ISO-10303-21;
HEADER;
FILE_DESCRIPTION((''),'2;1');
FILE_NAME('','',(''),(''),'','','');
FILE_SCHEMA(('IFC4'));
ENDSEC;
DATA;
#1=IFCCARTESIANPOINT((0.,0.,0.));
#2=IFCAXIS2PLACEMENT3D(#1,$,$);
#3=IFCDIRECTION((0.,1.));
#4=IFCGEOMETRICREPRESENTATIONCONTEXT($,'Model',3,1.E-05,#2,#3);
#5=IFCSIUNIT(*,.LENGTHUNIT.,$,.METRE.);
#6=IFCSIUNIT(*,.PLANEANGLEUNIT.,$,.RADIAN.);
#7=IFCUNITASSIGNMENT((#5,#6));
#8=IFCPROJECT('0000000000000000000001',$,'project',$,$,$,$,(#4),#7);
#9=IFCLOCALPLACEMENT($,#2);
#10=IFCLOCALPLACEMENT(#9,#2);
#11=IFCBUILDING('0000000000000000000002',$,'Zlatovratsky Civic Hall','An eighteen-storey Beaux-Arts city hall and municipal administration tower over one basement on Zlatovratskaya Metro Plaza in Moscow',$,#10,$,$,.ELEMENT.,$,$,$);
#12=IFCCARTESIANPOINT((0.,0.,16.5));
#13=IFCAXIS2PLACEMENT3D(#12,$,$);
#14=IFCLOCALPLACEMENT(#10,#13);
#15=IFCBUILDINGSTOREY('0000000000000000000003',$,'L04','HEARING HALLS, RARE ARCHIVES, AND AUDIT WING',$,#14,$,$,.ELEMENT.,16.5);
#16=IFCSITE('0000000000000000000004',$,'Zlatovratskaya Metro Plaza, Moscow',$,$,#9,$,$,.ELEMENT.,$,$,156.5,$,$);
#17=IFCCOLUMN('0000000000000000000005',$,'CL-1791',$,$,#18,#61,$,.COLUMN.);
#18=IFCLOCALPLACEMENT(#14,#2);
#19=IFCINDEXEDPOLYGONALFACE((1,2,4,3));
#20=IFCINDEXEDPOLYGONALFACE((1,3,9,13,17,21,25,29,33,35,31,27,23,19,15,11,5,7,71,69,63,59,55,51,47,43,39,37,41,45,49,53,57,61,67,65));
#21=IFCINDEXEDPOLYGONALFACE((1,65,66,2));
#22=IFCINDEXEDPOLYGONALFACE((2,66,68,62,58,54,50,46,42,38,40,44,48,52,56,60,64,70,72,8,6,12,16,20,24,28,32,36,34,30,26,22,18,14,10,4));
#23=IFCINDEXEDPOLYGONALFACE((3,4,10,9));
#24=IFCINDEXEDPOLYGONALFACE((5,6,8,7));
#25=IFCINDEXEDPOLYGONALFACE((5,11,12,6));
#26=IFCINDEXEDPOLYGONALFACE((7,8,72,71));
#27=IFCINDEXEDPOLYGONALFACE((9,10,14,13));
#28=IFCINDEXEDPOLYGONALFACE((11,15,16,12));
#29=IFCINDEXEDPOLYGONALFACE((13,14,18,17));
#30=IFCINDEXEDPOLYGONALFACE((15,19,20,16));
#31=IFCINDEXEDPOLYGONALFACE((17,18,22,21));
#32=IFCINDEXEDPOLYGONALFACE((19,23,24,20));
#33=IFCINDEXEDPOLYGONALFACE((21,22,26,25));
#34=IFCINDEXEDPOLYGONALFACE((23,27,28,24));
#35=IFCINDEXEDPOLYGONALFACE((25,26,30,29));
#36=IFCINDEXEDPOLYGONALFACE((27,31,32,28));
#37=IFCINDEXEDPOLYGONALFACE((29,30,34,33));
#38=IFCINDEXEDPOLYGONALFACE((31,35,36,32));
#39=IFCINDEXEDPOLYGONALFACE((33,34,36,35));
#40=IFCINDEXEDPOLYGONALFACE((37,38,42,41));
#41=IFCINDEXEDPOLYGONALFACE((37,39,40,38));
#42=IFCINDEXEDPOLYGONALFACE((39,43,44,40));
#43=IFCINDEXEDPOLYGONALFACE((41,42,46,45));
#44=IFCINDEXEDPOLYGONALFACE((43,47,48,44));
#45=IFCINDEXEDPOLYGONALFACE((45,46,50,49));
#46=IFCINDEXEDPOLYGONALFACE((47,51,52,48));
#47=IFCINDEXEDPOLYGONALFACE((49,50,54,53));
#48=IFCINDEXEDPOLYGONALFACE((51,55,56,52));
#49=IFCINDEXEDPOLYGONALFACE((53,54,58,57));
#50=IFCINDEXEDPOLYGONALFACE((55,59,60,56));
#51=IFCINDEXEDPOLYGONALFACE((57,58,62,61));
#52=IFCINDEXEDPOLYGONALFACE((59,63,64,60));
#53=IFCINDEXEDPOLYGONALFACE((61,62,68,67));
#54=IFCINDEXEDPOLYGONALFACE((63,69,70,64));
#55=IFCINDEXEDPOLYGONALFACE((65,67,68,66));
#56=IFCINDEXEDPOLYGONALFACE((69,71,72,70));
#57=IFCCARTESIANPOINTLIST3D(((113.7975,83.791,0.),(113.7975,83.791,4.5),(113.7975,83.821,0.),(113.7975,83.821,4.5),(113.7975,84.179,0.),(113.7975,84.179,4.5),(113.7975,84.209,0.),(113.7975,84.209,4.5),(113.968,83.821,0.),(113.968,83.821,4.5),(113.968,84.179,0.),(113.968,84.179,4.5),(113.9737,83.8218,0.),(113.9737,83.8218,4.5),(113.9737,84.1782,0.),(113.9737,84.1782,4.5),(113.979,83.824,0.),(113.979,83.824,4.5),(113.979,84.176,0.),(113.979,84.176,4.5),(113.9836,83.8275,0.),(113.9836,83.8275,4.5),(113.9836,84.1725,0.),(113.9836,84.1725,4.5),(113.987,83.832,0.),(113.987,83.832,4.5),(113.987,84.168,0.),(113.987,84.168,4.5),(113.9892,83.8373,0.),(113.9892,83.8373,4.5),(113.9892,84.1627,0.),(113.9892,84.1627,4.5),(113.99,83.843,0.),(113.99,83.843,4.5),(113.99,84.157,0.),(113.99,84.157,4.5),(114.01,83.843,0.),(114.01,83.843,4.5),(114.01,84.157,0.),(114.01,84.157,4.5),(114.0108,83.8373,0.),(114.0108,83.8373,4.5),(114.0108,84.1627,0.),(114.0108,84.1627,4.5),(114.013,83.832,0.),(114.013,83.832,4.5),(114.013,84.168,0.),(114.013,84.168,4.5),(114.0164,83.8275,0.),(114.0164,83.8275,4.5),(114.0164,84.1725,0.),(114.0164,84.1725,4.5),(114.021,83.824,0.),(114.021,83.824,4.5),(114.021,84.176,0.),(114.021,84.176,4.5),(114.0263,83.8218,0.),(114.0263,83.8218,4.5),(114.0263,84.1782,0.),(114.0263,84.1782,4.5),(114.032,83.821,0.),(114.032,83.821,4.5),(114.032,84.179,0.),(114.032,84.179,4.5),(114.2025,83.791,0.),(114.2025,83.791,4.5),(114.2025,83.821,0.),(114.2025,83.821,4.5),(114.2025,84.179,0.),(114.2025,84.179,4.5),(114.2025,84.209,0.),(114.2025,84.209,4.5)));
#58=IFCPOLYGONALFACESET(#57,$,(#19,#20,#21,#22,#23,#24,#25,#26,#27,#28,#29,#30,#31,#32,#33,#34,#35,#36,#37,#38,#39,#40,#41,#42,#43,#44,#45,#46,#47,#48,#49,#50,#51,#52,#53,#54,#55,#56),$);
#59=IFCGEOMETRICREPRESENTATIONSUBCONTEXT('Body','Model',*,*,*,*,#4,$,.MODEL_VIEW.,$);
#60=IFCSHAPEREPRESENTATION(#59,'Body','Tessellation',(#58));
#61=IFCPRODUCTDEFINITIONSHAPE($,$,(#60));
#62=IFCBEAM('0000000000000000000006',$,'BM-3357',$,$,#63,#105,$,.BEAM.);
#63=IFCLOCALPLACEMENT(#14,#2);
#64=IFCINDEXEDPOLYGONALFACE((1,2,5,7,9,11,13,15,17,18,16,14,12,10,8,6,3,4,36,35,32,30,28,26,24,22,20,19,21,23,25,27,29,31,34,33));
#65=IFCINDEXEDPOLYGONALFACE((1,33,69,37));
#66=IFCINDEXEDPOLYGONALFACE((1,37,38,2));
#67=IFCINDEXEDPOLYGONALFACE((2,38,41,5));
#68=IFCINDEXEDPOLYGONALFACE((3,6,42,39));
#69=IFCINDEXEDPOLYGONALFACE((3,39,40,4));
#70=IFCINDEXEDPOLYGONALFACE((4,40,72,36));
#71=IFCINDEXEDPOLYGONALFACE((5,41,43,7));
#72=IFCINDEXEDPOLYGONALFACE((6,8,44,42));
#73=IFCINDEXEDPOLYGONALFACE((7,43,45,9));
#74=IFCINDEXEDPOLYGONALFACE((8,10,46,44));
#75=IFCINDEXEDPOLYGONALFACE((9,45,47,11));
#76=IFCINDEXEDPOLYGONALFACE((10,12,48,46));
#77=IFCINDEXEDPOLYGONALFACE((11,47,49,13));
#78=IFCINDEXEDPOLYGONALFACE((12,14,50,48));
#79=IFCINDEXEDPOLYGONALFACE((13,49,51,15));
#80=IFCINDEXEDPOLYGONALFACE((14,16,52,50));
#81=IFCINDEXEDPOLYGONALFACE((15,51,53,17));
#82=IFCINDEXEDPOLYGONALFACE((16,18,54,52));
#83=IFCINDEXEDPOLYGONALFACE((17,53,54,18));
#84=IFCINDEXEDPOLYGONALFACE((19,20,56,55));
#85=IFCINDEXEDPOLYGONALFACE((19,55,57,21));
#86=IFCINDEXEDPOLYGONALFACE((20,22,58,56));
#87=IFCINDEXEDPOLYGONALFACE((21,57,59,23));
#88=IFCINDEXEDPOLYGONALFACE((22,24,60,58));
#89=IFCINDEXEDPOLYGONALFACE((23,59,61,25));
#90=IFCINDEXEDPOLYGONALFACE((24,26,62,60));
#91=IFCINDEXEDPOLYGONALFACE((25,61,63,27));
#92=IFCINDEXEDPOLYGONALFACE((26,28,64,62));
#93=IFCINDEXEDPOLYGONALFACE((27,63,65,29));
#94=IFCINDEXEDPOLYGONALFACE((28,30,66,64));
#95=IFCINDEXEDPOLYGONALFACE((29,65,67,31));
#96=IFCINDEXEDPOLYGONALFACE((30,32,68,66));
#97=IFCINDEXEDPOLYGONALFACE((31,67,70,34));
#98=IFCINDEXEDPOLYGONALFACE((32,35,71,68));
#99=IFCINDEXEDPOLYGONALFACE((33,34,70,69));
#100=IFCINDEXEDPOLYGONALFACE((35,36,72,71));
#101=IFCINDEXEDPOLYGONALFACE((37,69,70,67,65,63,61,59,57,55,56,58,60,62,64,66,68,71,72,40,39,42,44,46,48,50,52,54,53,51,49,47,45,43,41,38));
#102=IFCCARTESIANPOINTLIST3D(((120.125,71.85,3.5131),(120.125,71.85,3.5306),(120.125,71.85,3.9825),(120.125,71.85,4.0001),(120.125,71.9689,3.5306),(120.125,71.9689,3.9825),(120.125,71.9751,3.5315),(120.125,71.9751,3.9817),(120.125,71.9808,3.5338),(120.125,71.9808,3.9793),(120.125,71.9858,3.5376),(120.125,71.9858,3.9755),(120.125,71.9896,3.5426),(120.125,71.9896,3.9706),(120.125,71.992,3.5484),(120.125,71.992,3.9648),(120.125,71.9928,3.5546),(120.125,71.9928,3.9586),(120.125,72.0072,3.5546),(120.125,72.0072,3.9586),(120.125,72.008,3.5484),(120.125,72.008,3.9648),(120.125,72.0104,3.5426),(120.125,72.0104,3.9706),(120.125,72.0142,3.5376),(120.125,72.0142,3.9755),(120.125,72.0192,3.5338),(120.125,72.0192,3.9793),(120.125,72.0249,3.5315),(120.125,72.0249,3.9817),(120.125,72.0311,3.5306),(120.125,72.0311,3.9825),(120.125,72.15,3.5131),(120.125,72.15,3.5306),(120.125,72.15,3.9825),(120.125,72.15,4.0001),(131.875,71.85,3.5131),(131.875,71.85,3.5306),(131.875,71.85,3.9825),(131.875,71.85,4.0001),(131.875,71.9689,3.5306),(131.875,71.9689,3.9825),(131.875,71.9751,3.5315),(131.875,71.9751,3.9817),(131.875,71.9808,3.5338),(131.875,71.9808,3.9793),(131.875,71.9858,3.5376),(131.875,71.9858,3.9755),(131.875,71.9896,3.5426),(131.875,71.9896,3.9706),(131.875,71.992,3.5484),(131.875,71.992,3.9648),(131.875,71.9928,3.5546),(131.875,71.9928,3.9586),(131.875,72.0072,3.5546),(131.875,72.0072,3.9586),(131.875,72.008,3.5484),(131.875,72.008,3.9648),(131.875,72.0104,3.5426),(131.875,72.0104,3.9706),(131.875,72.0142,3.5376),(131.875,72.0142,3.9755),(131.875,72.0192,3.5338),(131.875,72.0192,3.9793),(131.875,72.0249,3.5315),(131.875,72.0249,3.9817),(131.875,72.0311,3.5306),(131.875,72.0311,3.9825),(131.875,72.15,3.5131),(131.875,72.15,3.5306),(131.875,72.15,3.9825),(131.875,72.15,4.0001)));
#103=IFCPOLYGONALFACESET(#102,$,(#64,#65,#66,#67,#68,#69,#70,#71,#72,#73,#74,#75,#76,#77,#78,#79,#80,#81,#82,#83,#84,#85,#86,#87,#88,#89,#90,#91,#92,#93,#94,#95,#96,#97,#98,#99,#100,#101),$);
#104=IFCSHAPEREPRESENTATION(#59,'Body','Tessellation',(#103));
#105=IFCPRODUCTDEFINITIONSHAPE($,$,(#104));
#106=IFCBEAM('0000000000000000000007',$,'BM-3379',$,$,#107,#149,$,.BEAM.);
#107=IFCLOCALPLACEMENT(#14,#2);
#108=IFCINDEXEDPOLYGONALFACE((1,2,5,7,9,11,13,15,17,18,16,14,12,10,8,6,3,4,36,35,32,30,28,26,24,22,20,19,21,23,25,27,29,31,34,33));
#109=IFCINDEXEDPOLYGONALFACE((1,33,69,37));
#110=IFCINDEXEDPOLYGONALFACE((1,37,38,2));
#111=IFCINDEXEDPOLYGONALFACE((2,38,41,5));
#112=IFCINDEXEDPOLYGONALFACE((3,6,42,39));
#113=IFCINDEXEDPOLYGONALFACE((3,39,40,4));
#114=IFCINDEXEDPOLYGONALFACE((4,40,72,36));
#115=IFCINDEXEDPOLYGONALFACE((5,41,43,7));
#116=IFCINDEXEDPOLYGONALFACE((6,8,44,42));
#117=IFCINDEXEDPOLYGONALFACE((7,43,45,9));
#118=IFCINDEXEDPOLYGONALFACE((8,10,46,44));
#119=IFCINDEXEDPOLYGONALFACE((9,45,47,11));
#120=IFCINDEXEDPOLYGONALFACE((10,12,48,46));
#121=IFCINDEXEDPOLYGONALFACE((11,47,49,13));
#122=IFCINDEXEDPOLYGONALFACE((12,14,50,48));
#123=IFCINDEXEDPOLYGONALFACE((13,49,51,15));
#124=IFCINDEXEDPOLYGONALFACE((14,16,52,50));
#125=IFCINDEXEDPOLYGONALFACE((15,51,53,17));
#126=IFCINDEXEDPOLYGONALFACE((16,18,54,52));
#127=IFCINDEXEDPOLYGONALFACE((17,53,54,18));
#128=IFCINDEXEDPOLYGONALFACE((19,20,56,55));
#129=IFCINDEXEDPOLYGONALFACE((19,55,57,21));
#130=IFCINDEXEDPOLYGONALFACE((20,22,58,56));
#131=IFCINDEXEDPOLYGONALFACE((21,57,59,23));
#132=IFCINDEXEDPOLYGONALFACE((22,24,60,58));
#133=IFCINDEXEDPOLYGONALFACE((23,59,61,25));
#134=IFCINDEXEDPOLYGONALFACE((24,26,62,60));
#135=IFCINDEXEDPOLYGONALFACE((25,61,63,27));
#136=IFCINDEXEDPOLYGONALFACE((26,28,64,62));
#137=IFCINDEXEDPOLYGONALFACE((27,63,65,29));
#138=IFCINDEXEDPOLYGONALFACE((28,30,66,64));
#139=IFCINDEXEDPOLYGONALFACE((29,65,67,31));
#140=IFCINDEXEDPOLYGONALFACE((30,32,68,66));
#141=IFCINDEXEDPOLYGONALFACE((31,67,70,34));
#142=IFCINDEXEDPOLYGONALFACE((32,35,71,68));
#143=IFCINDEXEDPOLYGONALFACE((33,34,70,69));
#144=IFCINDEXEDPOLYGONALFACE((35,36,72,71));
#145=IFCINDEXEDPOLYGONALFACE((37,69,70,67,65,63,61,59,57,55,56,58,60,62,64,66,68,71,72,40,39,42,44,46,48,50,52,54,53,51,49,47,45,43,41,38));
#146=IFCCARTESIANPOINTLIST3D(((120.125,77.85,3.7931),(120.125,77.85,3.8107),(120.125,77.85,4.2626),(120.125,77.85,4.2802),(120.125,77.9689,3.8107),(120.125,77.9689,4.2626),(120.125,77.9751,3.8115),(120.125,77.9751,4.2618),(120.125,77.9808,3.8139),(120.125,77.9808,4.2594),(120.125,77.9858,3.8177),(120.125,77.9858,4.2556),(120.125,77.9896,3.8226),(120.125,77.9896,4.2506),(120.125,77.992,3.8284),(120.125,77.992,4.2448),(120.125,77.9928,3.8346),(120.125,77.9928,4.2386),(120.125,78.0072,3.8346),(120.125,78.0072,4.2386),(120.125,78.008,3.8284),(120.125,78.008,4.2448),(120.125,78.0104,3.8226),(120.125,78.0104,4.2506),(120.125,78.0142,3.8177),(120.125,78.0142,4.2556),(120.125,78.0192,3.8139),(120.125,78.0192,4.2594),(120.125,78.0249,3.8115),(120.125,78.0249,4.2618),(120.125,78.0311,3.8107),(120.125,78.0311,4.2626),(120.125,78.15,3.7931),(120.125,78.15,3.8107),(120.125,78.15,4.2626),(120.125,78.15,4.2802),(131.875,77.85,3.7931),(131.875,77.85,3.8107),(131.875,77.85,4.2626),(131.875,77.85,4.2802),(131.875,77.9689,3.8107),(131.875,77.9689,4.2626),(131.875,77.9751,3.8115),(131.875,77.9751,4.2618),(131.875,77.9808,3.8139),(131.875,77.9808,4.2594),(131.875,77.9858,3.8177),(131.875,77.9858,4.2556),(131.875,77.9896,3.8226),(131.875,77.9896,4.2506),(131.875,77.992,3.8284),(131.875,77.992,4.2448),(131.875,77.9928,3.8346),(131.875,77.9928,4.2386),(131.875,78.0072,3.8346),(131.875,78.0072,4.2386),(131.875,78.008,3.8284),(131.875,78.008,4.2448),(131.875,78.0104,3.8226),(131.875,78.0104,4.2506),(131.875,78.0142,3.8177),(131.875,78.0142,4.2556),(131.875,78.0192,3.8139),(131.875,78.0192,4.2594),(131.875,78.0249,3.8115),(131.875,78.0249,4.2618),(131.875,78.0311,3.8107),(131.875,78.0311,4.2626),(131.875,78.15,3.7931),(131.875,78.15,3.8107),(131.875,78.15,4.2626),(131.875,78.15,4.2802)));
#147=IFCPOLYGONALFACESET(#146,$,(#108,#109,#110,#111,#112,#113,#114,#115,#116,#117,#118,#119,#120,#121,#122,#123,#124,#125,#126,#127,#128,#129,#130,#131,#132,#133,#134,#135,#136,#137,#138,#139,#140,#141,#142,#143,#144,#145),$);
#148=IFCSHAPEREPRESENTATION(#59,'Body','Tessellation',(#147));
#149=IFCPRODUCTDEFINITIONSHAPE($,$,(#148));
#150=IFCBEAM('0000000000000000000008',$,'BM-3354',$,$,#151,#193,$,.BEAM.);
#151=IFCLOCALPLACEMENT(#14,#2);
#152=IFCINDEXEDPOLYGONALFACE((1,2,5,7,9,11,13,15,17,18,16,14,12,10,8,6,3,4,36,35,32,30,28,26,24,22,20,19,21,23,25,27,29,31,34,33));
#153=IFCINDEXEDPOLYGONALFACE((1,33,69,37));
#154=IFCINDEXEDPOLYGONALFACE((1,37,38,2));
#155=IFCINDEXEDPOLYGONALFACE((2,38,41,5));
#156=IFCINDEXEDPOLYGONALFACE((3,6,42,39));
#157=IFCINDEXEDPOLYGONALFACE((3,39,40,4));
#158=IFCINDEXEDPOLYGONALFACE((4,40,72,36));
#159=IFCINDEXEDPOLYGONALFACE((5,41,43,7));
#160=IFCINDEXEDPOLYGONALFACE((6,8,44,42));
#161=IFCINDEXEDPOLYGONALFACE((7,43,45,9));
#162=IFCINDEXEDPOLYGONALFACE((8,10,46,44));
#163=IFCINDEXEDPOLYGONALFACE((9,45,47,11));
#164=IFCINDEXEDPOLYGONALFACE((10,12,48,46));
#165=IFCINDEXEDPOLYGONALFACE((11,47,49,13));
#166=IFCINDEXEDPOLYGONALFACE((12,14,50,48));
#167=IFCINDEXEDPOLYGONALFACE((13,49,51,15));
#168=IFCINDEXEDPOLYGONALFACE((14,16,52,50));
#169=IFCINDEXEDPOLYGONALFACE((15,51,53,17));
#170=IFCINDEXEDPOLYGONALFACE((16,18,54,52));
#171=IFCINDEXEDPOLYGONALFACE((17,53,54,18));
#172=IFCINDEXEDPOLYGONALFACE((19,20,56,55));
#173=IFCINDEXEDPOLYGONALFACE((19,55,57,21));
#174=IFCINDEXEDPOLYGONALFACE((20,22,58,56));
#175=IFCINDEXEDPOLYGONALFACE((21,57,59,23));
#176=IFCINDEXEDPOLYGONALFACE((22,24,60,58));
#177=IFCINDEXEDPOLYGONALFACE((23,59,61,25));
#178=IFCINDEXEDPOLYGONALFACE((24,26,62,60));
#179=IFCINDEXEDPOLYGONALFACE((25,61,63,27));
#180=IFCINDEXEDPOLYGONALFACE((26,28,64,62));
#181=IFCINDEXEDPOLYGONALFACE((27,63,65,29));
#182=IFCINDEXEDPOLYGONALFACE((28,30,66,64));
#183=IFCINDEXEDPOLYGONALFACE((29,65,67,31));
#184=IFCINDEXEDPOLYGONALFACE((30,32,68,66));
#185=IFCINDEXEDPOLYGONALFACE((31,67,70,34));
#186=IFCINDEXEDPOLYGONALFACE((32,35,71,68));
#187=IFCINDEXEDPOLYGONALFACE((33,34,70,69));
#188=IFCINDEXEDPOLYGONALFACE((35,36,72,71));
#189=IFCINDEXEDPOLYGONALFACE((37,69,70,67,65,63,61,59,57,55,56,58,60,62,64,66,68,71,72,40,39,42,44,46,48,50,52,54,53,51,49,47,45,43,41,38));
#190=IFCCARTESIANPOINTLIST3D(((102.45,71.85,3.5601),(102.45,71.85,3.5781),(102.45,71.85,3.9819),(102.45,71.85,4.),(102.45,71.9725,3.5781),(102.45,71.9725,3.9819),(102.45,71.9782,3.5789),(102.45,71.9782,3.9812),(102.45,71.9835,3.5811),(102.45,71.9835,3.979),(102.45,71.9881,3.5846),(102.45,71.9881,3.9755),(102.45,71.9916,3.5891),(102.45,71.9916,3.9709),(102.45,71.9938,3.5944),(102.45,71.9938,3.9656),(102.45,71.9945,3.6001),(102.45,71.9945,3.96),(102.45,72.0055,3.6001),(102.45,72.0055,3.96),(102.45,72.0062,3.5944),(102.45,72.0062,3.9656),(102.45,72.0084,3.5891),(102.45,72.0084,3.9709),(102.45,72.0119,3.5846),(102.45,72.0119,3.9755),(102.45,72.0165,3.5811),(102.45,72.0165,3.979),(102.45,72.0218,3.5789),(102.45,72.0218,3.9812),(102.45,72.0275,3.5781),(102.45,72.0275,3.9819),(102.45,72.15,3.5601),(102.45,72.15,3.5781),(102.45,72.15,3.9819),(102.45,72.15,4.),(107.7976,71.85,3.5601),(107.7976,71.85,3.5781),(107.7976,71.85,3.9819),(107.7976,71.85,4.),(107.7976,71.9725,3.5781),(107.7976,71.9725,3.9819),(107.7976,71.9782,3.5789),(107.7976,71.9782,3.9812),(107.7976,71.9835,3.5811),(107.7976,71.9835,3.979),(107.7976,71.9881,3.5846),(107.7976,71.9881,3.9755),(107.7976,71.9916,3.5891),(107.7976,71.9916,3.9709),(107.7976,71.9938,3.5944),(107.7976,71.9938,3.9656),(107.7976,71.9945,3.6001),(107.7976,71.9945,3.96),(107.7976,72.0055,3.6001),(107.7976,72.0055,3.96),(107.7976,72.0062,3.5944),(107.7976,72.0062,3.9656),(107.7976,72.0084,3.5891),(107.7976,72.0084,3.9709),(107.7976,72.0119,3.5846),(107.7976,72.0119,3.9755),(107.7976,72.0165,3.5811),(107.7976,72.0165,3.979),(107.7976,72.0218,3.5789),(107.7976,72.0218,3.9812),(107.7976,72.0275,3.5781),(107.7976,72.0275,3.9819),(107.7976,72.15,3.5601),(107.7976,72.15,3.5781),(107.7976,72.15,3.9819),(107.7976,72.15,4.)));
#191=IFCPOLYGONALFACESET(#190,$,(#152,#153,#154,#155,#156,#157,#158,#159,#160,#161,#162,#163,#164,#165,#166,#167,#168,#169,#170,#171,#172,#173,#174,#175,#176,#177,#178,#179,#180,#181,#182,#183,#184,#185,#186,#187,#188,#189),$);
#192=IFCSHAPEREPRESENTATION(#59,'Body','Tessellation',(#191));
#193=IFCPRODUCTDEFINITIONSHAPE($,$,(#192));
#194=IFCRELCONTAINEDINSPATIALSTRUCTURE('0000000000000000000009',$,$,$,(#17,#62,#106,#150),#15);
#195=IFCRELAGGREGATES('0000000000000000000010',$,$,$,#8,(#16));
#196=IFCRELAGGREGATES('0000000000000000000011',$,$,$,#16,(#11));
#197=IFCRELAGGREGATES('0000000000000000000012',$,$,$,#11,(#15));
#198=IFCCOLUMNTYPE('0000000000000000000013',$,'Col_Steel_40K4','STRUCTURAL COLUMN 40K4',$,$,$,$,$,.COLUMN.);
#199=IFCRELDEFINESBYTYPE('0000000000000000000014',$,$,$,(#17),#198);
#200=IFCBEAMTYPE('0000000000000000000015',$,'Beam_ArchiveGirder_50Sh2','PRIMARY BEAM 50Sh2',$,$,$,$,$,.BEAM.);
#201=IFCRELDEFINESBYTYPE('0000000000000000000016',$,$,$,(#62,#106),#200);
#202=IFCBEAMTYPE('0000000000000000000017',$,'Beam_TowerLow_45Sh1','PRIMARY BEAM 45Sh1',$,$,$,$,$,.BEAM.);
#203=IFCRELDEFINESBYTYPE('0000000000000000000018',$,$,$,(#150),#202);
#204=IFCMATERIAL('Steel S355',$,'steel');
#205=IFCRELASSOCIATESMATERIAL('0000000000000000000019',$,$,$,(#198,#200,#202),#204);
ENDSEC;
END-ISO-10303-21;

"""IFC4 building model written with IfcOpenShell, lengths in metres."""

from ifc_helpers import new_model, si_unit, direction, frame, origin, origin_2d, place, context, subcontext, project, spatial, i_section, extrude, material, material_profile, profile_set, type_object, element, save


model = new_model("IFC4")

# Units and contexts
model_context = context("Model", 3, precision=1e-05, world=origin(), true_north=direction((0.0, 1.0)))
body_context = subcontext(model_context, "Body", "Model", "MODEL_VIEW")
ifc_project = project(units=[si_unit("LENGTHUNIT", "METRE"), si_unit("PLANEANGLEUNIT", "RADIAN")], contexts=[model_context])

# Site, building, storey
site_placement = place(None, origin())
site = spatial("IfcSite", under=ifc_project, at=site_placement, Name="Zlatovratskaya Metro Plaza, Moscow", CompositionType="ELEMENT", RefElevation=156.5)
building_placement = place(site_placement, origin())
building = spatial("IfcBuilding", under=site, at=building_placement, Name="Zlatovratsky Civic Hall", Description="An eighteen-storey Beaux-Arts city hall and municipal administration tower over one basement on Zlatovratskaya Metro Plaza in Moscow", CompositionType="ELEMENT")
storey_placement = place(building_placement, frame((0.0, 0.0, 16.5)))
storey = spatial("IfcBuildingStorey", under=building, at=storey_placement, Name="L04", Description="HEARING HALLS, RARE ARCHIVES, AND AUDIT WING", CompositionType="ELEMENT", Elevation=16.5)

# Column
ifc_material_1 = material(Name="Steel S355", Category="steel")
ifc_material_profile_1 = material_profile(ifc_material_1, i_section(OverallWidth=0.405, OverallDepth=0.418, WebThickness=0.02, FlangeThickness=0.03, FilletRadius=0.022, at=origin_2d()), Name="40K4")
ifc_profile_set_1 = profile_set([ifc_material_profile_1], Name="Steel S355")
column_type_1 = type_object("IfcColumnType", Name="Col_Steel_40K4", Description="STRUCTURAL COLUMN 40K4", PredefinedType="COLUMN", material=ifc_profile_set_1)
for number, where, z_axis, x_axis, name in (
    (1, (114.0, 84.0, 0.0), (0.0, 0.0, 1.0), (1.0, 0.0, 0.0), "CL-1791"),
):
    element("IfcColumn", number, at=place(storey_placement, frame(where, z_axis=z_axis, x_axis=x_axis)), inside=storey, type_object=column_type_1, Name=name, PredefinedType="COLUMN", context=body_context, shape_type="SweptSolid", body=[
        extrude(i_section(OverallWidth=0.405, OverallDepth=0.418, WebThickness=0.02, FlangeThickness=0.03, FilletRadius=0.022, at=origin_2d()), origin(), (0.0, 0.0, 1.0), 4.5),
    ])

# Beams
ifc_material_profile_2 = material_profile(ifc_material_1, i_section(OverallWidth=0.3, OverallDepth=0.4871, WebThickness=0.0144, FlangeThickness=0.0176, FilletRadius=0.0239, at=origin_2d()), Name="50Sh2")
ifc_profile_set_2 = profile_set([ifc_material_profile_2], Name="Steel S355")
beam_type_1 = type_object("IfcBeamType", Name="Beam_ArchiveGirder_50Sh2", Description="PRIMARY BEAM 50Sh2", PredefinedType="BEAM", material=ifc_profile_set_2)
for number, where, z_axis, x_axis, name in (
    (2, (120.125, 72.0, 3.7566), (1.0, 0.0, 0.0), (0.0, 1.0, 0.0), "BM-3357"),
    (3, (120.125, 78.0, 4.0366), (1.0, 0.0, 0.0), (0.0, 1.0, 0.0), "BM-3379"),
):
    element("IfcBeam", number, at=place(storey_placement, frame(where, z_axis=z_axis, x_axis=x_axis)), inside=storey, type_object=beam_type_1, Name=name, PredefinedType="BEAM", context=body_context, shape_type="SweptSolid", body=[
        extrude(i_section(OverallWidth=0.3, OverallDepth=0.4871, WebThickness=0.0144, FlangeThickness=0.0176, FilletRadius=0.0239, at=origin_2d()), origin(), (0.0, 0.0, 1.0), 11.75),
    ])
ifc_material_profile_3 = material_profile(ifc_material_1, i_section(OverallWidth=0.3, OverallDepth=0.4399, WebThickness=0.011, FlangeThickness=0.0181, FilletRadius=0.022, at=origin_2d()), Name="45Sh1")
ifc_profile_set_3 = profile_set([ifc_material_profile_3], Name="Steel S355")
beam_type_2 = type_object("IfcBeamType", Name="Beam_TowerLow_45Sh1", Description="PRIMARY BEAM 45Sh1", PredefinedType="BEAM", material=ifc_profile_set_3)
beam_1_placement = place(storey_placement, frame((102.45, 72.0, 3.78), z_axis=(1.0, 0.0, 0.0), x_axis=(0.0, 1.0, 0.0)))
element("IfcBeam", 4, at=beam_1_placement, inside=storey, type_object=beam_type_2, Name="BM-3354", PredefinedType="BEAM", context=body_context, shape_type="SweptSolid", body=[
    extrude(i_section(OverallWidth=0.3, OverallDepth=0.4399, WebThickness=0.011, FlangeThickness=0.0181, FilletRadius=0.022, at=origin_2d()), origin(), (0.0, 0.0, 1.0), 5.3477),
])

save(model, "model.ifc")
